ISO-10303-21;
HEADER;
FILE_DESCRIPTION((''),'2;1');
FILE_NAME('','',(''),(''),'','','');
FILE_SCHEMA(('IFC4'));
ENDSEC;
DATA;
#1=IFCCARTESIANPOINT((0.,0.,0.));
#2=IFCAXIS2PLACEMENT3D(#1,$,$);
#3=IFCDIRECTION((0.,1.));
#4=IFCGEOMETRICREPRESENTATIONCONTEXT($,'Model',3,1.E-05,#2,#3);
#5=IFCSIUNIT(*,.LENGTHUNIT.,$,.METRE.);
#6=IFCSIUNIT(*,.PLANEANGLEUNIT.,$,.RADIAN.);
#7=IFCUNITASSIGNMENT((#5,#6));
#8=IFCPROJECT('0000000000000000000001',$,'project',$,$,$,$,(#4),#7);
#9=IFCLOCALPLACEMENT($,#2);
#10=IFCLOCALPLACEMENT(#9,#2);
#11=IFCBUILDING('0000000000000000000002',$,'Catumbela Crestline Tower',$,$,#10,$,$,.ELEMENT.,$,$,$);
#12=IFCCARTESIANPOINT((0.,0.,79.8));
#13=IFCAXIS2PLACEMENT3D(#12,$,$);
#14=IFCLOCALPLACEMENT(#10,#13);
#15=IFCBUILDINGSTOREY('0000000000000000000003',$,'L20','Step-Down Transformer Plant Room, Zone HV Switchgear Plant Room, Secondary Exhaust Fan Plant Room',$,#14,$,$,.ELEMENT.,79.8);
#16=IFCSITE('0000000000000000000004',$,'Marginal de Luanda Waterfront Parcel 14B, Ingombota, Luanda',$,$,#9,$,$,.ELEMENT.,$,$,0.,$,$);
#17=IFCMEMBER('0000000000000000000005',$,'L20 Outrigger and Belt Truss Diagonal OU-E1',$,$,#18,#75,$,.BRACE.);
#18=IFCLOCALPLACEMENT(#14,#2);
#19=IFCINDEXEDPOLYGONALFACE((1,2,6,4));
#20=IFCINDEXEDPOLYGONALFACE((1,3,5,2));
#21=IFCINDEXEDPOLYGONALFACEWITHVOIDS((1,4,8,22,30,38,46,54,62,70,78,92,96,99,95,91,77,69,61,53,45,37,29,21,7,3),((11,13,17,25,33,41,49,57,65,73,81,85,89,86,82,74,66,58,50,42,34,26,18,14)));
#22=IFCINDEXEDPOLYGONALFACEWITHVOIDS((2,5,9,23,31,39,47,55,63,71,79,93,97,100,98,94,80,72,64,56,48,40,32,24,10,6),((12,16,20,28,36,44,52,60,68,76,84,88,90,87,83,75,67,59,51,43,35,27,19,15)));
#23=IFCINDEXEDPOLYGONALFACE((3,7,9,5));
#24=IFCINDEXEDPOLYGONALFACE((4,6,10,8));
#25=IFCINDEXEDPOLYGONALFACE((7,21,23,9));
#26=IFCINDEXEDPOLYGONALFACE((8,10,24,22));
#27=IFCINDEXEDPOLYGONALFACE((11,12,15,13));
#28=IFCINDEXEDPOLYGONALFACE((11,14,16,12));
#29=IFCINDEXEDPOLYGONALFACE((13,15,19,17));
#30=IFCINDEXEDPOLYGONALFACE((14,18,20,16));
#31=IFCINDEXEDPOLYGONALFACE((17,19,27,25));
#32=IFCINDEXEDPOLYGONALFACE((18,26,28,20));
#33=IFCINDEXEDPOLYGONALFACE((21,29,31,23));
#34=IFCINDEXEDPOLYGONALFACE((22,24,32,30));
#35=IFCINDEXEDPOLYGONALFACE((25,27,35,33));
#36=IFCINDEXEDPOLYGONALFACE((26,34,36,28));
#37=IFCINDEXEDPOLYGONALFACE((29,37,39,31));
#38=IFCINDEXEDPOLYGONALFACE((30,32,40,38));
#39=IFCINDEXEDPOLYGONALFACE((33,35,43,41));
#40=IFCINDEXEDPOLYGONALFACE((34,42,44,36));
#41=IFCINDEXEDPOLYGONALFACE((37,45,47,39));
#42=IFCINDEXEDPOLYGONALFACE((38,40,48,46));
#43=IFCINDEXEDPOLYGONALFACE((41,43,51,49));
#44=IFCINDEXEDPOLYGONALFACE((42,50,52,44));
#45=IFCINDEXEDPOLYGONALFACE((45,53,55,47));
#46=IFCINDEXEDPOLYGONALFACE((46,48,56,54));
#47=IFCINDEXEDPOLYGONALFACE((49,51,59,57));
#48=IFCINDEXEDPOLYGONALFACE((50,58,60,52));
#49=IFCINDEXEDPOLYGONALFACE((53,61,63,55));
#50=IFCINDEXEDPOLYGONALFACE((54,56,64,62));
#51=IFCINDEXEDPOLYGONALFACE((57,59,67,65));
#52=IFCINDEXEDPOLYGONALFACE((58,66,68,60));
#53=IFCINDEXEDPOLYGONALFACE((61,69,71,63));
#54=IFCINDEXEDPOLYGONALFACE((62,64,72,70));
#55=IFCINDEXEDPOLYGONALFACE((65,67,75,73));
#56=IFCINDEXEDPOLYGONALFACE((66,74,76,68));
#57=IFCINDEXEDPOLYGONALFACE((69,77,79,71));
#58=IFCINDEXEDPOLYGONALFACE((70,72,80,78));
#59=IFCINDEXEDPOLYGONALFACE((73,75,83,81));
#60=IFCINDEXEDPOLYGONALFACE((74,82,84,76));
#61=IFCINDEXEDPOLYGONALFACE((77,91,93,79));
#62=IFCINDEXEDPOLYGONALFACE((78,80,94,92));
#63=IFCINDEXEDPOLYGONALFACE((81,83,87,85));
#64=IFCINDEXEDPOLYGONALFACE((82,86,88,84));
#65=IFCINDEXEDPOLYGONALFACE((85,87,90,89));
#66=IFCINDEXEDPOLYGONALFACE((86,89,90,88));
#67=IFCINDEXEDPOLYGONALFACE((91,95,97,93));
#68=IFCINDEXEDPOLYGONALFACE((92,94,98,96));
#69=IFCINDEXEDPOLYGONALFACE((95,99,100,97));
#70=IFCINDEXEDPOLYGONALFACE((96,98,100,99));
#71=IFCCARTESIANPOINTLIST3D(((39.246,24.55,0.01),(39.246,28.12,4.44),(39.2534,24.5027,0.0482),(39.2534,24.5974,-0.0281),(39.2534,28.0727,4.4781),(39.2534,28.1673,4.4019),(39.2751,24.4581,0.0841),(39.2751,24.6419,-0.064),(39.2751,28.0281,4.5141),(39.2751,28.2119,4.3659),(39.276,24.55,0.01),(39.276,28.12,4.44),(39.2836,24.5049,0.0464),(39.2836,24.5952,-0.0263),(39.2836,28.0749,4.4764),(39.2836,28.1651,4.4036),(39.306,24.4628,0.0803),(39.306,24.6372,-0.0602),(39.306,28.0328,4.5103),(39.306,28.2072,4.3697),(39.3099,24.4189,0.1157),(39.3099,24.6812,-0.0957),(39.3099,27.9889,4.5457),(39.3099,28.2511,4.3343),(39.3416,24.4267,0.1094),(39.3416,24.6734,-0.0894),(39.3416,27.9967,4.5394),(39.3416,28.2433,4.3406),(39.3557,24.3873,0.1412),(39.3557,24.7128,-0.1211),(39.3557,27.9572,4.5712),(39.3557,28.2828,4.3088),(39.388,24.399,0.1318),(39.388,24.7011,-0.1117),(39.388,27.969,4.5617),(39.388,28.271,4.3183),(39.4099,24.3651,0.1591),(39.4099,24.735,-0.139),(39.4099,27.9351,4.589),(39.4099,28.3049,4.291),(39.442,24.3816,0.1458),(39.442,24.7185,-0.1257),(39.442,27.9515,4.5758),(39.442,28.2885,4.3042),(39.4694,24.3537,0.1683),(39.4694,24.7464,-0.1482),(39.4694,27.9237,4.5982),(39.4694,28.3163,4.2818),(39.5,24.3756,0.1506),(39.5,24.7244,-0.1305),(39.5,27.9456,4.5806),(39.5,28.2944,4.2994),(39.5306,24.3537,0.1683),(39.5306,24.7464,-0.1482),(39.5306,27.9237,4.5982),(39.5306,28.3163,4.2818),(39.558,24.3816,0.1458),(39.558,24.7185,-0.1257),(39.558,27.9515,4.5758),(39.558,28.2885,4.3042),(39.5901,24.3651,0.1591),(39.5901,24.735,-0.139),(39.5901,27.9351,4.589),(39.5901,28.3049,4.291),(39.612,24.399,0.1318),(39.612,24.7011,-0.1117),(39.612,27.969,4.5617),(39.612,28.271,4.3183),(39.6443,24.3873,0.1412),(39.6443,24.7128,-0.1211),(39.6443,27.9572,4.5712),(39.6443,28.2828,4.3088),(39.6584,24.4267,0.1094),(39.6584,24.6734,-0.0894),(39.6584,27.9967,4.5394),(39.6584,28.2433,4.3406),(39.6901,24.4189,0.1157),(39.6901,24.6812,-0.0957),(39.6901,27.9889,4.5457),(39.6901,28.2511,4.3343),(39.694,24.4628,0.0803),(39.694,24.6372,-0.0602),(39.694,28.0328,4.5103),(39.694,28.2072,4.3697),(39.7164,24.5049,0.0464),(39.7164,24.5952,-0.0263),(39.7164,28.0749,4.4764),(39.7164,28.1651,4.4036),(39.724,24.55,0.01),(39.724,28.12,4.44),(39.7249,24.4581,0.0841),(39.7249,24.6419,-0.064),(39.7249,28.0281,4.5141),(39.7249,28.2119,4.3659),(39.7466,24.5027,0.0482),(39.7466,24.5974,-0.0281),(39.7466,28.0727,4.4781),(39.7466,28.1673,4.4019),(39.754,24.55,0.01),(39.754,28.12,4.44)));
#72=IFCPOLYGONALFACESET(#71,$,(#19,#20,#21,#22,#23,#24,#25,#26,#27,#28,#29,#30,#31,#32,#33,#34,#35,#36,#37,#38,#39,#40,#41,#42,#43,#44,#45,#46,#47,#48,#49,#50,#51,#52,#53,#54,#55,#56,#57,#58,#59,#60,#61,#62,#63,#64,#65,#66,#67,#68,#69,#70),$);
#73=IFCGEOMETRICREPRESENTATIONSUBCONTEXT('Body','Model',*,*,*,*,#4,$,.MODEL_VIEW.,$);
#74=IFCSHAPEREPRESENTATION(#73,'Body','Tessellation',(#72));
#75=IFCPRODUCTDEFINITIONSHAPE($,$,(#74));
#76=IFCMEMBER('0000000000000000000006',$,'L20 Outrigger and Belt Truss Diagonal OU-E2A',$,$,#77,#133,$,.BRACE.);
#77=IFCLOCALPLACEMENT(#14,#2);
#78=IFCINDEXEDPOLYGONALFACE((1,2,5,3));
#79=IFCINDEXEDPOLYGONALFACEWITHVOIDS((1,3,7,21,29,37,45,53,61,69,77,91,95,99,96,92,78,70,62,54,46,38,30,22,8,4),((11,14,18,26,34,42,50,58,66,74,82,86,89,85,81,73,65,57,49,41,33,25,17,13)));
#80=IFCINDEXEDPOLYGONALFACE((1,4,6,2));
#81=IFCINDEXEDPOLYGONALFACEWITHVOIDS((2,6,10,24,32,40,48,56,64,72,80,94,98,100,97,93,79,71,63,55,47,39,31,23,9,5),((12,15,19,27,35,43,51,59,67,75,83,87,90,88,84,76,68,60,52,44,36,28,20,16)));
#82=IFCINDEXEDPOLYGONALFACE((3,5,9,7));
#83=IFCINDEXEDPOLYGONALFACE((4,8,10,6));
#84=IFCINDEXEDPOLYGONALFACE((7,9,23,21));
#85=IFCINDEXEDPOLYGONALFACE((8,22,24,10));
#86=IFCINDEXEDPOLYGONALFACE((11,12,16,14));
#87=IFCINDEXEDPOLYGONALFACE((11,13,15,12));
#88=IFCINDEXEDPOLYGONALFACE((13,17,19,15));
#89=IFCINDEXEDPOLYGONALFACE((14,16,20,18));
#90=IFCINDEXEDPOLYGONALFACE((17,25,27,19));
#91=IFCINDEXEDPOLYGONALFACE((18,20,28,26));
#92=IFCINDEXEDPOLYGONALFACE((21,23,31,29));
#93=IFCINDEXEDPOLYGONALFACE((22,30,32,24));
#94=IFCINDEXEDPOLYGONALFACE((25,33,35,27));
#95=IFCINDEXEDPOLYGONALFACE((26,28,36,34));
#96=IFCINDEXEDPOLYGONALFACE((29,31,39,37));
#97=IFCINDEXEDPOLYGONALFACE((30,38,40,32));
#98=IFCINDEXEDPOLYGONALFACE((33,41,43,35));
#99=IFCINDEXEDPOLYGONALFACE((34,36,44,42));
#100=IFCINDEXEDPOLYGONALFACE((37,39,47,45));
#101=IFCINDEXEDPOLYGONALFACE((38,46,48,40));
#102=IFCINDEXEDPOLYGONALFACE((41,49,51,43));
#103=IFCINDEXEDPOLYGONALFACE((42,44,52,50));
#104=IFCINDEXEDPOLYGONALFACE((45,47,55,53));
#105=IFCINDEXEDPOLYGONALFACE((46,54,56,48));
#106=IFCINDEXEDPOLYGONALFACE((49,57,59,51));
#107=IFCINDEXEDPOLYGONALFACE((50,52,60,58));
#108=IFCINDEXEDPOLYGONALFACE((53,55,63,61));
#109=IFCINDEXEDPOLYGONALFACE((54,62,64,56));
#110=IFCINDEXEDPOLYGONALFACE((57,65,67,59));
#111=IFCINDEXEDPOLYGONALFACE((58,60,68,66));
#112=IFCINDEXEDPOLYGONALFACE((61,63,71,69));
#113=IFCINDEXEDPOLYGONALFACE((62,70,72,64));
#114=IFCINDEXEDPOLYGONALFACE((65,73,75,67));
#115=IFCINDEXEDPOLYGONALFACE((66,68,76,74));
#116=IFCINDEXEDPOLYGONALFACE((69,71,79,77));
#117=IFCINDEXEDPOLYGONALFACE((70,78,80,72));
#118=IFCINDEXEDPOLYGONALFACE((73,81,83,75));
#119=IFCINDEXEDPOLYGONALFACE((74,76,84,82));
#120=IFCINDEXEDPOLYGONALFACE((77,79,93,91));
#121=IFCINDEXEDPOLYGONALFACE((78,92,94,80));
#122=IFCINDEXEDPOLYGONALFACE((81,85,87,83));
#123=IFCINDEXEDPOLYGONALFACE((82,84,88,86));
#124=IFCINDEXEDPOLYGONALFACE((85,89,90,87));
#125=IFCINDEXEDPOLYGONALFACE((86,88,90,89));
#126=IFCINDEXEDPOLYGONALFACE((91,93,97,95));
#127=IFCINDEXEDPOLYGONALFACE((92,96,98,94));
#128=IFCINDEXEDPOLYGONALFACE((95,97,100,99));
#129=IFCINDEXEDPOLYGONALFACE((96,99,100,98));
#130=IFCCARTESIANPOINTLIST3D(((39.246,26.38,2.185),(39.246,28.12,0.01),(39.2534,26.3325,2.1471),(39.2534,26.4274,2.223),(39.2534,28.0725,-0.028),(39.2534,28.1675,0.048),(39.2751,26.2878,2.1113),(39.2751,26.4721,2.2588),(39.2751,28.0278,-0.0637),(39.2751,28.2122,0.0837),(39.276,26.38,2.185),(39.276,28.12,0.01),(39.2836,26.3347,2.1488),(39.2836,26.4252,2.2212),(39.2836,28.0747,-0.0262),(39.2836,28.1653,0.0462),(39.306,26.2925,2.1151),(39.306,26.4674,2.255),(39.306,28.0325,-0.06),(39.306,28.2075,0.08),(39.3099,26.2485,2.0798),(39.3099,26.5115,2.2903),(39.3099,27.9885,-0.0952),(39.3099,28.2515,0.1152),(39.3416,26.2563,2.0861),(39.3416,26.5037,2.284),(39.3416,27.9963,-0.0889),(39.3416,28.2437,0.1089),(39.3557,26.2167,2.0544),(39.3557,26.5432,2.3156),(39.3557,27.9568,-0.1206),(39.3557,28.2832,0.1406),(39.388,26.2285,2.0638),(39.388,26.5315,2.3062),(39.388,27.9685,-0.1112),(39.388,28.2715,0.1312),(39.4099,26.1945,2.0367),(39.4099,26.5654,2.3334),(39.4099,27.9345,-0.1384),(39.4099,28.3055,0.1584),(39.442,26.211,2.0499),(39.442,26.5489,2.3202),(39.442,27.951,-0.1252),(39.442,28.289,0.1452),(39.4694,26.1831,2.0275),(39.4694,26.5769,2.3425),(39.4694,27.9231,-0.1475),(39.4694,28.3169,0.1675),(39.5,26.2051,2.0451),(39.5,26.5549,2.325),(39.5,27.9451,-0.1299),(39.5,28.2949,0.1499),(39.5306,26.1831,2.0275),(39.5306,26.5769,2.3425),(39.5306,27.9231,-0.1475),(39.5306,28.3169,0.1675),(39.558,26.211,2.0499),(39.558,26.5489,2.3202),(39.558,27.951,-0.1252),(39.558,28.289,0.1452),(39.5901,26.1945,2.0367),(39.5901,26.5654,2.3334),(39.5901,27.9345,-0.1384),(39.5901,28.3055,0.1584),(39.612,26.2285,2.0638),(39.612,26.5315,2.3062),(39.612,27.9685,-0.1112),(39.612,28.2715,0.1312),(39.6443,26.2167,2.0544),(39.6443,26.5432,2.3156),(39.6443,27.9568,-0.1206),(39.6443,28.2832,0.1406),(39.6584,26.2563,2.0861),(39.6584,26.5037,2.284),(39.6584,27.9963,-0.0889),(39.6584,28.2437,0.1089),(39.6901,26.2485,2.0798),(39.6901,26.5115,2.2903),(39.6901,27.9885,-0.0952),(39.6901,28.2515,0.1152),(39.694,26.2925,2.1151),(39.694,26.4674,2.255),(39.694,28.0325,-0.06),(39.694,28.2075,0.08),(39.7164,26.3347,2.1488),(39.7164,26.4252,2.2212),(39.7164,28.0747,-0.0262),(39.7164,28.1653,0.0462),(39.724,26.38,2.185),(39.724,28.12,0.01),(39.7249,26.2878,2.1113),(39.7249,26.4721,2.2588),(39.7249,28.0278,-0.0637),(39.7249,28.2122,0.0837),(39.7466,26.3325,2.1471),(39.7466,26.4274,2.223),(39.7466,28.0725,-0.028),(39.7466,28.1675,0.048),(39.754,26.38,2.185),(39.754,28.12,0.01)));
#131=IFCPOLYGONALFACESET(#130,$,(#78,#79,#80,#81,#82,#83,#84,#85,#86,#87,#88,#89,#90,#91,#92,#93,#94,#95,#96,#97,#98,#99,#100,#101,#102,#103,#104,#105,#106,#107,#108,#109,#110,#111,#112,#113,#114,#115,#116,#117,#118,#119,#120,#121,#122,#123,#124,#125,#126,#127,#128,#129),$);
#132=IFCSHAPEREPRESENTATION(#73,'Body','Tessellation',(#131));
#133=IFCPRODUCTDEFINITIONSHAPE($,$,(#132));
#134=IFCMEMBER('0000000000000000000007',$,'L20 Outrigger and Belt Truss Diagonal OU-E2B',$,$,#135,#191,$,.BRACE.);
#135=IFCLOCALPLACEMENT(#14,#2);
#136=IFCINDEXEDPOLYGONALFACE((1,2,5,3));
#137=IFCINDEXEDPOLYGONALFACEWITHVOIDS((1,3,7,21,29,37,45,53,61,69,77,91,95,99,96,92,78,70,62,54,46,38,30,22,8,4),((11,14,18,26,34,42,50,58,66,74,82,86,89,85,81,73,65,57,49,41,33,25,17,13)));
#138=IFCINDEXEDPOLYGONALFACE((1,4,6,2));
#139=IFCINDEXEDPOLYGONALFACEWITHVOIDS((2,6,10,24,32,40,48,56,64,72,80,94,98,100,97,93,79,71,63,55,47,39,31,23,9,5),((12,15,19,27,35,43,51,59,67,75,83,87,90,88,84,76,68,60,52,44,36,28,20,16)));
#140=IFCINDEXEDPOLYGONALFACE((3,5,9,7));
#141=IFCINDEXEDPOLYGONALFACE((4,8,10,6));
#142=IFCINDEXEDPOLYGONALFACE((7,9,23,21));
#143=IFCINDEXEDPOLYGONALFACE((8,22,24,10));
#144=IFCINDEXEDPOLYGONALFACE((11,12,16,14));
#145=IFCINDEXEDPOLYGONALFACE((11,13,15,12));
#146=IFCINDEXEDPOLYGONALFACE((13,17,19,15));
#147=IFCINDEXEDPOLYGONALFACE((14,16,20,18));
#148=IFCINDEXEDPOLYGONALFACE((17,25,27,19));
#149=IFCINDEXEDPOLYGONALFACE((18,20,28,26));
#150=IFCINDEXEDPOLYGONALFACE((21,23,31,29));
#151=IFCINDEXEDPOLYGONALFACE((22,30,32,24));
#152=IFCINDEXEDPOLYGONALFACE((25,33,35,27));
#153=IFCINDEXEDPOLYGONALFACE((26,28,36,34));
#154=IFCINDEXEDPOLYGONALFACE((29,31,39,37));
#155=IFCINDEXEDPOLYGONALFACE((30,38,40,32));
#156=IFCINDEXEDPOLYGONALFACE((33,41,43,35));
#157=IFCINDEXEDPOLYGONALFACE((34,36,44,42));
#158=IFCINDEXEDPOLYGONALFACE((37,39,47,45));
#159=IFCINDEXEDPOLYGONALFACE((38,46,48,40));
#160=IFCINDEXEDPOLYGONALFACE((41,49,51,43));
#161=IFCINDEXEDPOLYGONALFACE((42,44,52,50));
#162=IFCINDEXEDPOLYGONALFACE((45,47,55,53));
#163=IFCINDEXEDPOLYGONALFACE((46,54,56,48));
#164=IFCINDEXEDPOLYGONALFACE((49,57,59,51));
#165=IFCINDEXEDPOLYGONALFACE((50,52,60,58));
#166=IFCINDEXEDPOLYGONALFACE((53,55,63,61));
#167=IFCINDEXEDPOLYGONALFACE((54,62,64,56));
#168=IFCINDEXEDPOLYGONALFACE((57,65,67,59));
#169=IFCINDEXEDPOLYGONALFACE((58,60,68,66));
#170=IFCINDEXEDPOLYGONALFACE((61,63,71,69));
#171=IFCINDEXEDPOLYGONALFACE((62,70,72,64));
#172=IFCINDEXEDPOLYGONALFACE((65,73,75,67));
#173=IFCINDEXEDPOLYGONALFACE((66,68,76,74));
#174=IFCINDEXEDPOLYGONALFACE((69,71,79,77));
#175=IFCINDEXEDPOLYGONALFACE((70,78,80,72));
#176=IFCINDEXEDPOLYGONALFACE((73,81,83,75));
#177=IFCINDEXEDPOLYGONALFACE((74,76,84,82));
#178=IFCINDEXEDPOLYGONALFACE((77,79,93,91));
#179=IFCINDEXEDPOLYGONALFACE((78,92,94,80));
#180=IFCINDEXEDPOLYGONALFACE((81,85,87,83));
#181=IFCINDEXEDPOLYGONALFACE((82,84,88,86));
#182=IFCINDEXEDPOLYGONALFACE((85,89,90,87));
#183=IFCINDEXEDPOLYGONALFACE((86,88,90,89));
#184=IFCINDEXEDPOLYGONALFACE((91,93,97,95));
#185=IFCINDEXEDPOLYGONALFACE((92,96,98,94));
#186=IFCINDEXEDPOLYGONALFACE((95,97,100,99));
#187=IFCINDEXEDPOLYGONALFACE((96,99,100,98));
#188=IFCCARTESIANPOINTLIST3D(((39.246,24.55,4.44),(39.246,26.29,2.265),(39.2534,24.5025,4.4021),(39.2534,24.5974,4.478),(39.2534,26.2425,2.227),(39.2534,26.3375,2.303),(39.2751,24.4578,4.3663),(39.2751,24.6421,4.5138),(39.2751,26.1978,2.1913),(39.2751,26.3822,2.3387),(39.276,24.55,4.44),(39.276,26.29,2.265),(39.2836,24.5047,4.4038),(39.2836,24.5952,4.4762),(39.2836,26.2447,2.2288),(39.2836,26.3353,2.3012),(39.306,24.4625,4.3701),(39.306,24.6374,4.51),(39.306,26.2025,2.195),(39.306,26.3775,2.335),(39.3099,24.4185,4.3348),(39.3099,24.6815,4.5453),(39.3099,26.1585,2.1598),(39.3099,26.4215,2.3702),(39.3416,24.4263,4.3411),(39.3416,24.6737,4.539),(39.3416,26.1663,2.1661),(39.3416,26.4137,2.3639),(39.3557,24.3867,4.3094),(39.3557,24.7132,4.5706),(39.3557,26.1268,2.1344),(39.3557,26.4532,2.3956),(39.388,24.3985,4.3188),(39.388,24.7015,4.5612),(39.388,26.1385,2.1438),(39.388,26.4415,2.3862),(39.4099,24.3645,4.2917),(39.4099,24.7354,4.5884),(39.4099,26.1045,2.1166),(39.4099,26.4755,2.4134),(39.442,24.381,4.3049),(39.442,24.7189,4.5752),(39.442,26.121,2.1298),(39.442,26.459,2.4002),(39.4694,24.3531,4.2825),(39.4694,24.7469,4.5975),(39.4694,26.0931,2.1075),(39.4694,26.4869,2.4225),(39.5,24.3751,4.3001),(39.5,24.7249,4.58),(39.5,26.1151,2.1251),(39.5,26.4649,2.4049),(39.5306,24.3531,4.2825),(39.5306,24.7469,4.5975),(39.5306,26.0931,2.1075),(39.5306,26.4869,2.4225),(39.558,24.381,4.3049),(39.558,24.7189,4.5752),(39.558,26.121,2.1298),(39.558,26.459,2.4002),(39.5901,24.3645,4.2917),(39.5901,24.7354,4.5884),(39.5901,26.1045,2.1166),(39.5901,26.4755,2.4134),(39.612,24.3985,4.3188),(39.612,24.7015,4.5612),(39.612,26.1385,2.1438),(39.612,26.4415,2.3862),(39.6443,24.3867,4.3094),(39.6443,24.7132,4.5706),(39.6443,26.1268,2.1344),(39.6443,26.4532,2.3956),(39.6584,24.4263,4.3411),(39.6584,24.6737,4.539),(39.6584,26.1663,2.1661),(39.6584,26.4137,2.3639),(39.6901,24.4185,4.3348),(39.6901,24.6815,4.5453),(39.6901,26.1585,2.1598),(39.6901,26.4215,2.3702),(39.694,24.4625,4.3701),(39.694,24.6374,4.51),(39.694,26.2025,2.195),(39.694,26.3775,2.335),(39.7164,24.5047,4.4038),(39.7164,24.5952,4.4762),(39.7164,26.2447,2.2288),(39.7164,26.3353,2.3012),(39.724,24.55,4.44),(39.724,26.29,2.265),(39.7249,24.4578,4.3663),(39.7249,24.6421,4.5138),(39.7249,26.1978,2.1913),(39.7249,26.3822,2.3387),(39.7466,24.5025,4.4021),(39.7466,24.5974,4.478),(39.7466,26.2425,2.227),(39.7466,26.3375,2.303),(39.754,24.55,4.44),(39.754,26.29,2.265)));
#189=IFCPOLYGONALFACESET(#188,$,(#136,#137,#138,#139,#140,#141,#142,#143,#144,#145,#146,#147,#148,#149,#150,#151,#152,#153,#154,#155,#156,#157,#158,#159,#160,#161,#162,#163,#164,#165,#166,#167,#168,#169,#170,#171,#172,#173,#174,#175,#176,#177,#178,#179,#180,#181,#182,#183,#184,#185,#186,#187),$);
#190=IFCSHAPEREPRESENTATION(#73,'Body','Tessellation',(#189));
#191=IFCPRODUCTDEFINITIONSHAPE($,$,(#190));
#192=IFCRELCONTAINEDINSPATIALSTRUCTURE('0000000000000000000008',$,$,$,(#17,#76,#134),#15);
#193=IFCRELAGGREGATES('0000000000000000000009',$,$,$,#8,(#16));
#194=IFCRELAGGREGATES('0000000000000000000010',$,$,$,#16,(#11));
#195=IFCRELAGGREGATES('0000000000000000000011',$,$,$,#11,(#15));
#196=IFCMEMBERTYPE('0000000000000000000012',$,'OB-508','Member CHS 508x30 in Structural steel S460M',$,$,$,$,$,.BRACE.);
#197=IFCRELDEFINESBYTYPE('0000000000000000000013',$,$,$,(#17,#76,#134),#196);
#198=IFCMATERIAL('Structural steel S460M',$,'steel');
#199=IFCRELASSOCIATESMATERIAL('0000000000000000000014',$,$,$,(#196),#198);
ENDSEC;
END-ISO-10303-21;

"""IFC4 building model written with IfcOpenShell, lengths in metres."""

from ifc_helpers import new_model, si_unit, direction, frame, origin, origin_2d, place, context, subcontext, project, spatial, hollow_circle, extrude, material, material_profile, profile_set, type_object, element, save


model = new_model("IFC4")

# Units and contexts
model_context = context("Model", 3, precision=1e-05, world=origin(), true_north=direction((0.0, 1.0)))
body_context = subcontext(model_context, "Body", "Model", "MODEL_VIEW")
ifc_project = project(units=[si_unit("LENGTHUNIT", "METRE"), si_unit("PLANEANGLEUNIT", "RADIAN")], contexts=[model_context])

# Site, building, storey
site_placement = place(None, origin())
site = spatial("IfcSite", under=ifc_project, at=site_placement, Name="Marginal de Luanda Waterfront Parcel 14B, Ingombota, Luanda", CompositionType="ELEMENT", RefElevation=0.0)
building_placement = place(site_placement, origin())
building = spatial("IfcBuilding", under=site, at=building_placement, Name="Catumbela Crestline Tower", CompositionType="ELEMENT")
storey_placement = place(building_placement, frame((0.0, 0.0, 79.8)))
storey = spatial("IfcBuildingStorey", under=building, at=storey_placement, Name="L20", Description="Step-Down Transformer Plant Room, Zone HV Switchgear Plant Room, Secondary Exhaust Fan Plant Room", CompositionType="ELEMENT", Elevation=79.8)

# Shared definitions
ifc_material_1 = material(Name="Structural steel S460M", Category="steel")

# Members
ifc_material_profile_1 = material_profile(ifc_material_1, hollow_circle(Radius=0.254, WallThickness=0.03, at=origin_2d()), Name="CHS 508x30")
ifc_profile_set_1 = profile_set([ifc_material_profile_1], Name="Structural steel S460M")
member_type_1 = type_object("IfcMemberType", Name="OB-508", Description="Member CHS 508x30 in Structural steel S460M", PredefinedType="BRACE", material=ifc_profile_set_1)
member_placement = place(storey_placement, frame((39.5, 28.12, 4.44), z_axis=(0.0, -0.627478, -0.778635), x_axis=(1.0, 0.0, 0.0)))
element("IfcMember", 1, at=member_placement, inside=storey, type_object=member_type_1, Name="L20 Outrigger and Belt Truss Diagonal OU-E1", PredefinedType="BRACE", context=body_context, shape_type="SweptSolid", body=[
    extrude(hollow_circle(Radius=0.254, WallThickness=0.03, at=origin_2d()), origin(), (0.0, 0.0, 1.0), 5.6894),
])
for number, where, z_axis, x_axis, name in (
    (2, (39.5, 28.12, 0.01), (0.0, -0.624695, 0.780869), (1.0, 0.0, 0.0), "L20 Outrigger and Belt Truss Diagonal OU-E2A"),
    (3, (39.5, 26.29, 2.265), (0.0, -0.624695, 0.780869), (1.0, 0.0, 0.0), "L20 Outrigger and Belt Truss Diagonal OU-E2B"),
):
    element("IfcMember", number, at=place(storey_placement, frame(where, z_axis=z_axis, x_axis=x_axis)), inside=storey, type_object=member_type_1, Name=name, PredefinedType="BRACE", context=body_context, shape_type="SweptSolid", body=[
        extrude(hollow_circle(Radius=0.254, WallThickness=0.03, at=origin_2d()), origin(), (0.0, 0.0, 1.0), 2.7854),
    ])

save(model, "model.ifc")
